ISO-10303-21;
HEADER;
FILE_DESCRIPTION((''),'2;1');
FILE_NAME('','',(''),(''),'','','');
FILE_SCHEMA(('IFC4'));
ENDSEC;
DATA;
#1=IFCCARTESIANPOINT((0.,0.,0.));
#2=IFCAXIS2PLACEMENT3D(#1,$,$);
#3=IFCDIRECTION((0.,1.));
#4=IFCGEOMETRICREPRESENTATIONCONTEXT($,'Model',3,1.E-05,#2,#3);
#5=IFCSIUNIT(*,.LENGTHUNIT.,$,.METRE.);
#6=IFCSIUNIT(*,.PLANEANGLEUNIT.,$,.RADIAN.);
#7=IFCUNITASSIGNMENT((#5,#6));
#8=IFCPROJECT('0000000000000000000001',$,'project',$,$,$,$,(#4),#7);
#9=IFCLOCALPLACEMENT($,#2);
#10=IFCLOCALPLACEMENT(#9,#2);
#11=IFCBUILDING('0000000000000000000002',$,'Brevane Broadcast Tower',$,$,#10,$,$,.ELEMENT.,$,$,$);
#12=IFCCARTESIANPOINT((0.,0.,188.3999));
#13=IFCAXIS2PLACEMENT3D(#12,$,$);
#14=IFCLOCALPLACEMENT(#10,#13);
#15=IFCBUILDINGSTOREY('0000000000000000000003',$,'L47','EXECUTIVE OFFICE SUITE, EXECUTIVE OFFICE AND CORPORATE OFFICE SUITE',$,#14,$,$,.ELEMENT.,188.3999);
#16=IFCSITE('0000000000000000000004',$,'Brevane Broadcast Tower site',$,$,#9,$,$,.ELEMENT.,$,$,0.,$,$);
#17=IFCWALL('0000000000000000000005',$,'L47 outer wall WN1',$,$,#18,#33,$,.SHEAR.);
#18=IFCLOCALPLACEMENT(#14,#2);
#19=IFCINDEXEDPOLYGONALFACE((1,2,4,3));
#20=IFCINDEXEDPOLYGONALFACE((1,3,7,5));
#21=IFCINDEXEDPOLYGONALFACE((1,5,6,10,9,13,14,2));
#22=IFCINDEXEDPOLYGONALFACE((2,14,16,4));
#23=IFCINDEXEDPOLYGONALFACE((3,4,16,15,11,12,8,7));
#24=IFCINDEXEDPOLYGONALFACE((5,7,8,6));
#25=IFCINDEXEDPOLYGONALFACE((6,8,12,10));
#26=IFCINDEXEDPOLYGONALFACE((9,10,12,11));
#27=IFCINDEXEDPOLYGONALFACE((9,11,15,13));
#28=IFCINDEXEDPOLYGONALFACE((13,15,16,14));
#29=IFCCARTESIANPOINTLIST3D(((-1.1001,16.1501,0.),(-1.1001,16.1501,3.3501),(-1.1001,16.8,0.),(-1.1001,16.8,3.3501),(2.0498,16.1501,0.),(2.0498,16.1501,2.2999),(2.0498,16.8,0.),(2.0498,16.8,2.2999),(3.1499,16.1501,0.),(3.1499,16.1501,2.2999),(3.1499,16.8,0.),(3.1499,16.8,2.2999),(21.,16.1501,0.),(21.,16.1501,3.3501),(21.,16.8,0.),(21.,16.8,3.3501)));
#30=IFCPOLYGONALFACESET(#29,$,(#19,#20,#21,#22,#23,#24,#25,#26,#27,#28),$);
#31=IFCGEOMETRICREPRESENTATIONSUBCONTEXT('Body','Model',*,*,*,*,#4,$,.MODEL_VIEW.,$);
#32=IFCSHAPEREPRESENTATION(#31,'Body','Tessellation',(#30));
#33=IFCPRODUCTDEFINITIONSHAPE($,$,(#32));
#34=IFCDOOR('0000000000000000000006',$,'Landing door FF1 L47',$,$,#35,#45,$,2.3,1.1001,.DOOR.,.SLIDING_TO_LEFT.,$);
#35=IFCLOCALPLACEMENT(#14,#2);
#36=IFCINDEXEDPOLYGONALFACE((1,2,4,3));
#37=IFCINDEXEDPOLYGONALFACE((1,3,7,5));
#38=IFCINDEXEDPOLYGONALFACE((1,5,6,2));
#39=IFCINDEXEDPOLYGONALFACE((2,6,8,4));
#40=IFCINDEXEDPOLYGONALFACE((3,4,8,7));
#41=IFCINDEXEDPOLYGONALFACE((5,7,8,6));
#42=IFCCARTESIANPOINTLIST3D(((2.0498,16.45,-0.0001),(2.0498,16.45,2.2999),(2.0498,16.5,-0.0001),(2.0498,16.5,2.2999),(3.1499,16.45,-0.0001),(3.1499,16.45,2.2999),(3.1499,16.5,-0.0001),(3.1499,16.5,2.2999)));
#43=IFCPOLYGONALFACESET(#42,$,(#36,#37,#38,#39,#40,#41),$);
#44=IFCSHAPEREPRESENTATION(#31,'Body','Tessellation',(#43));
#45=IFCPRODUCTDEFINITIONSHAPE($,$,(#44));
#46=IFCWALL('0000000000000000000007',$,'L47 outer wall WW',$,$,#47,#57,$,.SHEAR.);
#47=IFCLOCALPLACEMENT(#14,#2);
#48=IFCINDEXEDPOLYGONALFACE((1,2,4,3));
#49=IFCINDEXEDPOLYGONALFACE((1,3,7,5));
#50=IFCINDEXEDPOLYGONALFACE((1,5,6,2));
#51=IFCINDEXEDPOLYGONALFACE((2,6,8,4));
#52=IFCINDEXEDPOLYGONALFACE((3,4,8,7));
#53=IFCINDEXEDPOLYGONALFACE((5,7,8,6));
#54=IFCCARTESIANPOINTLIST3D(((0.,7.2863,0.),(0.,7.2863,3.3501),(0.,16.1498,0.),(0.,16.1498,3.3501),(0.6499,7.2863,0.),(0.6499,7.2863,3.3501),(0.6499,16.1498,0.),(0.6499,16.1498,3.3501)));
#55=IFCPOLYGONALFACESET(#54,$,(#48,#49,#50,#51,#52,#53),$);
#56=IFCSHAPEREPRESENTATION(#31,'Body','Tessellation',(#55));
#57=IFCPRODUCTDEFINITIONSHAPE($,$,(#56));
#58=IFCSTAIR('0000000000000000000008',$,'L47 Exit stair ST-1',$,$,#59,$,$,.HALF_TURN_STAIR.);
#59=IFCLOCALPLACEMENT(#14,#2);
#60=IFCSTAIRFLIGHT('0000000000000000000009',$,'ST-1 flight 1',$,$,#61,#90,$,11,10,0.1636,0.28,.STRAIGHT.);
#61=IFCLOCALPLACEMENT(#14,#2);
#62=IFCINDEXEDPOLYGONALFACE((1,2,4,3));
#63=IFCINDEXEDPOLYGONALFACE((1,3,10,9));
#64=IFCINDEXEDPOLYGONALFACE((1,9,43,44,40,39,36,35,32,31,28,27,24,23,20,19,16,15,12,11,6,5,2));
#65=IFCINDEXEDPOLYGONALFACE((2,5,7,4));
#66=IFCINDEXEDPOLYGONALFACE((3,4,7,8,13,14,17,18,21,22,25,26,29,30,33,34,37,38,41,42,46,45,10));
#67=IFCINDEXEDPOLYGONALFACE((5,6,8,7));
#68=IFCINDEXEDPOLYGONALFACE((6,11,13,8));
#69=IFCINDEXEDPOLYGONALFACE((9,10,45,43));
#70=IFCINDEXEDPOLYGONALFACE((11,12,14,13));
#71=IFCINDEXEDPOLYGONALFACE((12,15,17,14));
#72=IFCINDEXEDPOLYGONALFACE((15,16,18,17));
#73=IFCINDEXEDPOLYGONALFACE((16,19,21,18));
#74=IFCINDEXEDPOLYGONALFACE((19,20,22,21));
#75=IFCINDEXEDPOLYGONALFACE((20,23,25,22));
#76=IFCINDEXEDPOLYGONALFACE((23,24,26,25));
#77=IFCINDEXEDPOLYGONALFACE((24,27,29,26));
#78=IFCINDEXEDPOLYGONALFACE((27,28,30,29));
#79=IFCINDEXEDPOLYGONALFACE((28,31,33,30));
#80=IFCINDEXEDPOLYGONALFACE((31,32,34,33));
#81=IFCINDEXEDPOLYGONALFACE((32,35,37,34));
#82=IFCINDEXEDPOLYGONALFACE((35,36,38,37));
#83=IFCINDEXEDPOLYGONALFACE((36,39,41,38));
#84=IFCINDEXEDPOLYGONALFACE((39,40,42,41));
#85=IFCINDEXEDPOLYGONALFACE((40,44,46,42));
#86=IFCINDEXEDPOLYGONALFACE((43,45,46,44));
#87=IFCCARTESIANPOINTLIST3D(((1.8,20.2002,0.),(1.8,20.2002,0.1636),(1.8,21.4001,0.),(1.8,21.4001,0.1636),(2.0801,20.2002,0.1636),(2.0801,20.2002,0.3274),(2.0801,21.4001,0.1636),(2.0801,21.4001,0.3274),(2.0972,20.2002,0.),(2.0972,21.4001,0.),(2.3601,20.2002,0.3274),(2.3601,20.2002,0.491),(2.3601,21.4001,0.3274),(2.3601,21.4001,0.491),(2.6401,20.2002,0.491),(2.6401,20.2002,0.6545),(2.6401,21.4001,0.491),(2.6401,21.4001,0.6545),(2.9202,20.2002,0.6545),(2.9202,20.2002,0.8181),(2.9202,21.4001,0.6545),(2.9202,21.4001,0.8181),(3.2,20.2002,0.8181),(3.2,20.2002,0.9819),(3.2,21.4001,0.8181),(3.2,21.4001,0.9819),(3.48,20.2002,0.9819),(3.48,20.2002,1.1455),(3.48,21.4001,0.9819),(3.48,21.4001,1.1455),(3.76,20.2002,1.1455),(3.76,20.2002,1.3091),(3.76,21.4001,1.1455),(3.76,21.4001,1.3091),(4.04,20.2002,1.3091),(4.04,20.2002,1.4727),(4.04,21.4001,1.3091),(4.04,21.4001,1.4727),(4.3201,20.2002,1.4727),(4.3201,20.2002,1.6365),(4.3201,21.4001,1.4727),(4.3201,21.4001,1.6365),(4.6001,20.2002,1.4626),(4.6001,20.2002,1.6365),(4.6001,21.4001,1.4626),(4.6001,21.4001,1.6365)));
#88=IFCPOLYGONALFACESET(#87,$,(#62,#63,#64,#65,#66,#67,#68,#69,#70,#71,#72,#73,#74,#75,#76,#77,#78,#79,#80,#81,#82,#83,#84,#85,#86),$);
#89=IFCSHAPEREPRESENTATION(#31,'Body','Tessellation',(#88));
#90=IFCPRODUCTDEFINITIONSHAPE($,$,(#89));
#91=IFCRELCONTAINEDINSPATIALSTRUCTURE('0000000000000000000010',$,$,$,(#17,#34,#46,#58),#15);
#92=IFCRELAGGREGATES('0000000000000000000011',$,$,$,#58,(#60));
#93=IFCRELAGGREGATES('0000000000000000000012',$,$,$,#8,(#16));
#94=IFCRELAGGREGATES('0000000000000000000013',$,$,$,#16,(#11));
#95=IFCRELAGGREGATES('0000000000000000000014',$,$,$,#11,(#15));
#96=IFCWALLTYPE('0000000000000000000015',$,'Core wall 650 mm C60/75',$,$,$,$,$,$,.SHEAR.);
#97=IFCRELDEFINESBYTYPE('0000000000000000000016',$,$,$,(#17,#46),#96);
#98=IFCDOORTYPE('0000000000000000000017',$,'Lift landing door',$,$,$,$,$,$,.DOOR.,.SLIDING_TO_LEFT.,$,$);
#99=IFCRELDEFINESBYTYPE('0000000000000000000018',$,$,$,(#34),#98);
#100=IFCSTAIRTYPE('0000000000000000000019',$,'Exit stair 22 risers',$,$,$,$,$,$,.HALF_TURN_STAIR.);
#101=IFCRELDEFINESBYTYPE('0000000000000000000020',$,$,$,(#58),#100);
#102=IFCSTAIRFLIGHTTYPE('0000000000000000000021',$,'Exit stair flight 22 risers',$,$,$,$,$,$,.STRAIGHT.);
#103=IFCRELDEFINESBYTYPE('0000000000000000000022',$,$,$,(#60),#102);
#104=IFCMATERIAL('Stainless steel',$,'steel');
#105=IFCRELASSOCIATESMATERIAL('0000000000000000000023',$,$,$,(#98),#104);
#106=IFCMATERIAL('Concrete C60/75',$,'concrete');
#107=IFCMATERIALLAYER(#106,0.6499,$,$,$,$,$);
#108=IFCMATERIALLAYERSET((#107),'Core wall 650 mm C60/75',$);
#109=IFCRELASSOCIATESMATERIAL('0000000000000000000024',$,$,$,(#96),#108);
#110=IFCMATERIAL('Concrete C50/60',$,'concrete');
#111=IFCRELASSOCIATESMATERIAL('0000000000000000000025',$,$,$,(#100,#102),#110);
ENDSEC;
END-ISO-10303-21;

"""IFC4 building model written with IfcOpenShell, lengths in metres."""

from ifc_helpers import new_model, si_unit, direction, frame, frame_2d, origin, place, context, subcontext, project, spatial, polyline, rectangle, outline, extrude, material, layer, layer_set, type_object, element, fill, aggregate, save


model = new_model("IFC4")

# Units and contexts
model_context = context("Model", 3, precision=1e-05, world=origin(), true_north=direction((0.0, 1.0)))
body_context = subcontext(model_context, "Body", "Model", "MODEL_VIEW")
ifc_project = project(units=[si_unit("LENGTHUNIT", "METRE"), si_unit("PLANEANGLEUNIT", "RADIAN")], contexts=[model_context])

# Site, building, storey
site_placement = place(None, origin())
site = spatial("IfcSite", under=ifc_project, at=site_placement, Name="Brevane Broadcast Tower site", CompositionType="ELEMENT", RefElevation=0.0)
building_placement = place(site_placement, origin())
building = spatial("IfcBuilding", under=site, at=building_placement, Name="Brevane Broadcast Tower", CompositionType="ELEMENT")
storey_placement = place(building_placement, frame((0.0, 0.0, 188.3999)))
storey = spatial("IfcBuildingStorey", under=building, at=storey_placement, Name="L47", Description="EXECUTIVE OFFICE SUITE, EXECUTIVE OFFICE AND CORPORATE OFFICE SUITE", CompositionType="ELEMENT", Elevation=188.3999)

# Shared definitions
ifc_material_1 = material(Name="Concrete C60/75", Category="concrete")
ifc_material_2 = material(Name="Stainless steel", Category="steel")
door_type_1 = type_object("IfcDoorType", Name="Lift landing door", OperationType="SLIDING_TO_LEFT", PredefinedType="DOOR", material=ifc_material_2)

# Wall, opening, door
ifc_layer_1 = layer(ifc_material_1, 0.6499)
ifc_layer_set_1 = layer_set([ifc_layer_1], Name="Core wall 650 mm C60/75")
wall_type_1 = type_object("IfcWallType", Name="Core wall 650 mm C60/75", PredefinedType="SHEAR", material=ifc_layer_set_1)
wall_1_placement = place(storey_placement, frame((-1.1001, 16.4751, 0.0), z_axis=(0.0, 0.0, 1.0), x_axis=(1.0, 0.0, 0.0)))
wall_1 = element("IfcWall", 1, at=wall_1_placement, inside=storey, type_object=wall_type_1, Name="L47 outer wall WN1", PredefinedType="SHEAR", context=body_context, shape_type="SweptSolid", body=[
    extrude(rectangle(XDim=22.1001, YDim=0.6499, at=frame_2d((11.05, 0.0))), origin(), (0.0, 0.0, 1.0), 3.3501),
])
opening_1_placement = place(wall_1_placement, frame((3.1499, 0.0, 0.0)))
opening_1 = element("IfcOpeningElement", 2, at=opening_1_placement, cuts=wall_1, PredefinedType="OPENING", context=body_context, shape_type="SweptSolid", body=[
    extrude(rectangle(XDim=1.1001, YDim=2.3, at=frame_2d((0.55, 1.1499))), frame((0.0, 0.335, 0.0), z_axis=(0.0, -1.0, 0.0), x_axis=(1.0, 0.0, 0.0)), (0.0, 0.0, 1.0), 0.6699),
])
door_1_placement = place(opening_1_placement, origin())
door_1 = element("IfcDoor", 3, at=door_1_placement, inside=storey, type_object=door_type_1, Name="Landing door FF1 L47", OperationType="SLIDING_TO_LEFT", OverallHeight=2.3, OverallWidth=1.1001, PredefinedType="DOOR", context=body_context, shape_type="SweptSolid", body=[
    extrude(rectangle(XDim=1.1001, YDim=2.3, at=frame_2d((0.55, 1.1499))), frame((0.0, 0.0249, 0.0), z_axis=(0.0, -1.0, 0.0), x_axis=(1.0, 0.0, 0.0)), (0.0, 0.0, 1.0), 0.05),
])
fill(opening_1, door_1)

# Wall
wall_2_placement = place(storey_placement, frame((0.325, 7.2864, 0.0), z_axis=(0.0, 0.0, 1.0), x_axis=(0.0, 1.0, 0.0)))
element("IfcWall", 4, at=wall_2_placement, inside=storey, type_object=wall_type_1, Name="L47 outer wall WW", PredefinedType="SHEAR", context=body_context, shape_type="SweptSolid", body=[
    extrude(rectangle(XDim=8.8635, YDim=0.6499, at=frame_2d((4.4316, 0.0))), origin(), (0.0, 0.0, 1.0), 3.3501),
])

# Stair, stair flight
ifc_material_3 = material(Name="Concrete C50/60", Category="concrete")
stair_type = type_object("IfcStairType", Name="Exit stair 22 risers", PredefinedType="HALF_TURN_STAIR", material=ifc_material_3)
stair_placement = place(storey_placement, origin())
stair = element("IfcStair", 5, at=stair_placement, inside=storey, type_object=stair_type, Name="L47 Exit stair ST-1", PredefinedType="HALF_TURN_STAIR")
stair_flight_type = type_object("IfcStairFlightType", Name="Exit stair flight 22 risers", PredefinedType="STRAIGHT", material=ifc_material_3)
stair_flight_placement = place(storey_placement, frame((1.8, 20.8, 0.0), z_axis=(0.0, 0.0, 1.0), x_axis=(1.0, 0.0, 0.0)))
stair_flight = element("IfcStairFlight", 6, at=stair_flight_placement, type_object=stair_flight_type, Name="ST-1 flight 1", NumberOfRisers=11, NumberOfTreads=10, PredefinedType="STRAIGHT", RiserHeight=0.1636, TreadLength=0.28, context=body_context, shape_type="SweptSolid", body=[
    extrude(outline(polyline([(0.0, 0.0), (0.0, 0.1636), (0.28, 0.1636), (0.28, 0.3274), (0.5601, 0.3274), (0.5601, 0.491), (0.8401, 0.491), (0.8401, 0.6545), (1.1201, 0.6545), (1.1201, 0.8181), (1.3999, 0.8181), (1.3999, 0.9819), (1.6799, 0.9819), (1.6799, 1.1455), (1.96, 1.1455), (1.96, 1.3091), (2.24, 1.3091), (2.24, 1.4727), (2.52, 1.4727), (2.52, 1.6365), (2.8, 1.6365), (2.8, 1.8), (2.8, 1.4626), (0.2971, 0.0), (0.0, 0.0)])), frame((0.0, 0.6001, 0.0), z_axis=(0.0, -1.0, 0.0), x_axis=(1.0, 0.0, 0.0)), (0.0, 0.0, 1.0), 1.2),
])
aggregate(stair, [stair_flight])

save(model, "model.ifc")
